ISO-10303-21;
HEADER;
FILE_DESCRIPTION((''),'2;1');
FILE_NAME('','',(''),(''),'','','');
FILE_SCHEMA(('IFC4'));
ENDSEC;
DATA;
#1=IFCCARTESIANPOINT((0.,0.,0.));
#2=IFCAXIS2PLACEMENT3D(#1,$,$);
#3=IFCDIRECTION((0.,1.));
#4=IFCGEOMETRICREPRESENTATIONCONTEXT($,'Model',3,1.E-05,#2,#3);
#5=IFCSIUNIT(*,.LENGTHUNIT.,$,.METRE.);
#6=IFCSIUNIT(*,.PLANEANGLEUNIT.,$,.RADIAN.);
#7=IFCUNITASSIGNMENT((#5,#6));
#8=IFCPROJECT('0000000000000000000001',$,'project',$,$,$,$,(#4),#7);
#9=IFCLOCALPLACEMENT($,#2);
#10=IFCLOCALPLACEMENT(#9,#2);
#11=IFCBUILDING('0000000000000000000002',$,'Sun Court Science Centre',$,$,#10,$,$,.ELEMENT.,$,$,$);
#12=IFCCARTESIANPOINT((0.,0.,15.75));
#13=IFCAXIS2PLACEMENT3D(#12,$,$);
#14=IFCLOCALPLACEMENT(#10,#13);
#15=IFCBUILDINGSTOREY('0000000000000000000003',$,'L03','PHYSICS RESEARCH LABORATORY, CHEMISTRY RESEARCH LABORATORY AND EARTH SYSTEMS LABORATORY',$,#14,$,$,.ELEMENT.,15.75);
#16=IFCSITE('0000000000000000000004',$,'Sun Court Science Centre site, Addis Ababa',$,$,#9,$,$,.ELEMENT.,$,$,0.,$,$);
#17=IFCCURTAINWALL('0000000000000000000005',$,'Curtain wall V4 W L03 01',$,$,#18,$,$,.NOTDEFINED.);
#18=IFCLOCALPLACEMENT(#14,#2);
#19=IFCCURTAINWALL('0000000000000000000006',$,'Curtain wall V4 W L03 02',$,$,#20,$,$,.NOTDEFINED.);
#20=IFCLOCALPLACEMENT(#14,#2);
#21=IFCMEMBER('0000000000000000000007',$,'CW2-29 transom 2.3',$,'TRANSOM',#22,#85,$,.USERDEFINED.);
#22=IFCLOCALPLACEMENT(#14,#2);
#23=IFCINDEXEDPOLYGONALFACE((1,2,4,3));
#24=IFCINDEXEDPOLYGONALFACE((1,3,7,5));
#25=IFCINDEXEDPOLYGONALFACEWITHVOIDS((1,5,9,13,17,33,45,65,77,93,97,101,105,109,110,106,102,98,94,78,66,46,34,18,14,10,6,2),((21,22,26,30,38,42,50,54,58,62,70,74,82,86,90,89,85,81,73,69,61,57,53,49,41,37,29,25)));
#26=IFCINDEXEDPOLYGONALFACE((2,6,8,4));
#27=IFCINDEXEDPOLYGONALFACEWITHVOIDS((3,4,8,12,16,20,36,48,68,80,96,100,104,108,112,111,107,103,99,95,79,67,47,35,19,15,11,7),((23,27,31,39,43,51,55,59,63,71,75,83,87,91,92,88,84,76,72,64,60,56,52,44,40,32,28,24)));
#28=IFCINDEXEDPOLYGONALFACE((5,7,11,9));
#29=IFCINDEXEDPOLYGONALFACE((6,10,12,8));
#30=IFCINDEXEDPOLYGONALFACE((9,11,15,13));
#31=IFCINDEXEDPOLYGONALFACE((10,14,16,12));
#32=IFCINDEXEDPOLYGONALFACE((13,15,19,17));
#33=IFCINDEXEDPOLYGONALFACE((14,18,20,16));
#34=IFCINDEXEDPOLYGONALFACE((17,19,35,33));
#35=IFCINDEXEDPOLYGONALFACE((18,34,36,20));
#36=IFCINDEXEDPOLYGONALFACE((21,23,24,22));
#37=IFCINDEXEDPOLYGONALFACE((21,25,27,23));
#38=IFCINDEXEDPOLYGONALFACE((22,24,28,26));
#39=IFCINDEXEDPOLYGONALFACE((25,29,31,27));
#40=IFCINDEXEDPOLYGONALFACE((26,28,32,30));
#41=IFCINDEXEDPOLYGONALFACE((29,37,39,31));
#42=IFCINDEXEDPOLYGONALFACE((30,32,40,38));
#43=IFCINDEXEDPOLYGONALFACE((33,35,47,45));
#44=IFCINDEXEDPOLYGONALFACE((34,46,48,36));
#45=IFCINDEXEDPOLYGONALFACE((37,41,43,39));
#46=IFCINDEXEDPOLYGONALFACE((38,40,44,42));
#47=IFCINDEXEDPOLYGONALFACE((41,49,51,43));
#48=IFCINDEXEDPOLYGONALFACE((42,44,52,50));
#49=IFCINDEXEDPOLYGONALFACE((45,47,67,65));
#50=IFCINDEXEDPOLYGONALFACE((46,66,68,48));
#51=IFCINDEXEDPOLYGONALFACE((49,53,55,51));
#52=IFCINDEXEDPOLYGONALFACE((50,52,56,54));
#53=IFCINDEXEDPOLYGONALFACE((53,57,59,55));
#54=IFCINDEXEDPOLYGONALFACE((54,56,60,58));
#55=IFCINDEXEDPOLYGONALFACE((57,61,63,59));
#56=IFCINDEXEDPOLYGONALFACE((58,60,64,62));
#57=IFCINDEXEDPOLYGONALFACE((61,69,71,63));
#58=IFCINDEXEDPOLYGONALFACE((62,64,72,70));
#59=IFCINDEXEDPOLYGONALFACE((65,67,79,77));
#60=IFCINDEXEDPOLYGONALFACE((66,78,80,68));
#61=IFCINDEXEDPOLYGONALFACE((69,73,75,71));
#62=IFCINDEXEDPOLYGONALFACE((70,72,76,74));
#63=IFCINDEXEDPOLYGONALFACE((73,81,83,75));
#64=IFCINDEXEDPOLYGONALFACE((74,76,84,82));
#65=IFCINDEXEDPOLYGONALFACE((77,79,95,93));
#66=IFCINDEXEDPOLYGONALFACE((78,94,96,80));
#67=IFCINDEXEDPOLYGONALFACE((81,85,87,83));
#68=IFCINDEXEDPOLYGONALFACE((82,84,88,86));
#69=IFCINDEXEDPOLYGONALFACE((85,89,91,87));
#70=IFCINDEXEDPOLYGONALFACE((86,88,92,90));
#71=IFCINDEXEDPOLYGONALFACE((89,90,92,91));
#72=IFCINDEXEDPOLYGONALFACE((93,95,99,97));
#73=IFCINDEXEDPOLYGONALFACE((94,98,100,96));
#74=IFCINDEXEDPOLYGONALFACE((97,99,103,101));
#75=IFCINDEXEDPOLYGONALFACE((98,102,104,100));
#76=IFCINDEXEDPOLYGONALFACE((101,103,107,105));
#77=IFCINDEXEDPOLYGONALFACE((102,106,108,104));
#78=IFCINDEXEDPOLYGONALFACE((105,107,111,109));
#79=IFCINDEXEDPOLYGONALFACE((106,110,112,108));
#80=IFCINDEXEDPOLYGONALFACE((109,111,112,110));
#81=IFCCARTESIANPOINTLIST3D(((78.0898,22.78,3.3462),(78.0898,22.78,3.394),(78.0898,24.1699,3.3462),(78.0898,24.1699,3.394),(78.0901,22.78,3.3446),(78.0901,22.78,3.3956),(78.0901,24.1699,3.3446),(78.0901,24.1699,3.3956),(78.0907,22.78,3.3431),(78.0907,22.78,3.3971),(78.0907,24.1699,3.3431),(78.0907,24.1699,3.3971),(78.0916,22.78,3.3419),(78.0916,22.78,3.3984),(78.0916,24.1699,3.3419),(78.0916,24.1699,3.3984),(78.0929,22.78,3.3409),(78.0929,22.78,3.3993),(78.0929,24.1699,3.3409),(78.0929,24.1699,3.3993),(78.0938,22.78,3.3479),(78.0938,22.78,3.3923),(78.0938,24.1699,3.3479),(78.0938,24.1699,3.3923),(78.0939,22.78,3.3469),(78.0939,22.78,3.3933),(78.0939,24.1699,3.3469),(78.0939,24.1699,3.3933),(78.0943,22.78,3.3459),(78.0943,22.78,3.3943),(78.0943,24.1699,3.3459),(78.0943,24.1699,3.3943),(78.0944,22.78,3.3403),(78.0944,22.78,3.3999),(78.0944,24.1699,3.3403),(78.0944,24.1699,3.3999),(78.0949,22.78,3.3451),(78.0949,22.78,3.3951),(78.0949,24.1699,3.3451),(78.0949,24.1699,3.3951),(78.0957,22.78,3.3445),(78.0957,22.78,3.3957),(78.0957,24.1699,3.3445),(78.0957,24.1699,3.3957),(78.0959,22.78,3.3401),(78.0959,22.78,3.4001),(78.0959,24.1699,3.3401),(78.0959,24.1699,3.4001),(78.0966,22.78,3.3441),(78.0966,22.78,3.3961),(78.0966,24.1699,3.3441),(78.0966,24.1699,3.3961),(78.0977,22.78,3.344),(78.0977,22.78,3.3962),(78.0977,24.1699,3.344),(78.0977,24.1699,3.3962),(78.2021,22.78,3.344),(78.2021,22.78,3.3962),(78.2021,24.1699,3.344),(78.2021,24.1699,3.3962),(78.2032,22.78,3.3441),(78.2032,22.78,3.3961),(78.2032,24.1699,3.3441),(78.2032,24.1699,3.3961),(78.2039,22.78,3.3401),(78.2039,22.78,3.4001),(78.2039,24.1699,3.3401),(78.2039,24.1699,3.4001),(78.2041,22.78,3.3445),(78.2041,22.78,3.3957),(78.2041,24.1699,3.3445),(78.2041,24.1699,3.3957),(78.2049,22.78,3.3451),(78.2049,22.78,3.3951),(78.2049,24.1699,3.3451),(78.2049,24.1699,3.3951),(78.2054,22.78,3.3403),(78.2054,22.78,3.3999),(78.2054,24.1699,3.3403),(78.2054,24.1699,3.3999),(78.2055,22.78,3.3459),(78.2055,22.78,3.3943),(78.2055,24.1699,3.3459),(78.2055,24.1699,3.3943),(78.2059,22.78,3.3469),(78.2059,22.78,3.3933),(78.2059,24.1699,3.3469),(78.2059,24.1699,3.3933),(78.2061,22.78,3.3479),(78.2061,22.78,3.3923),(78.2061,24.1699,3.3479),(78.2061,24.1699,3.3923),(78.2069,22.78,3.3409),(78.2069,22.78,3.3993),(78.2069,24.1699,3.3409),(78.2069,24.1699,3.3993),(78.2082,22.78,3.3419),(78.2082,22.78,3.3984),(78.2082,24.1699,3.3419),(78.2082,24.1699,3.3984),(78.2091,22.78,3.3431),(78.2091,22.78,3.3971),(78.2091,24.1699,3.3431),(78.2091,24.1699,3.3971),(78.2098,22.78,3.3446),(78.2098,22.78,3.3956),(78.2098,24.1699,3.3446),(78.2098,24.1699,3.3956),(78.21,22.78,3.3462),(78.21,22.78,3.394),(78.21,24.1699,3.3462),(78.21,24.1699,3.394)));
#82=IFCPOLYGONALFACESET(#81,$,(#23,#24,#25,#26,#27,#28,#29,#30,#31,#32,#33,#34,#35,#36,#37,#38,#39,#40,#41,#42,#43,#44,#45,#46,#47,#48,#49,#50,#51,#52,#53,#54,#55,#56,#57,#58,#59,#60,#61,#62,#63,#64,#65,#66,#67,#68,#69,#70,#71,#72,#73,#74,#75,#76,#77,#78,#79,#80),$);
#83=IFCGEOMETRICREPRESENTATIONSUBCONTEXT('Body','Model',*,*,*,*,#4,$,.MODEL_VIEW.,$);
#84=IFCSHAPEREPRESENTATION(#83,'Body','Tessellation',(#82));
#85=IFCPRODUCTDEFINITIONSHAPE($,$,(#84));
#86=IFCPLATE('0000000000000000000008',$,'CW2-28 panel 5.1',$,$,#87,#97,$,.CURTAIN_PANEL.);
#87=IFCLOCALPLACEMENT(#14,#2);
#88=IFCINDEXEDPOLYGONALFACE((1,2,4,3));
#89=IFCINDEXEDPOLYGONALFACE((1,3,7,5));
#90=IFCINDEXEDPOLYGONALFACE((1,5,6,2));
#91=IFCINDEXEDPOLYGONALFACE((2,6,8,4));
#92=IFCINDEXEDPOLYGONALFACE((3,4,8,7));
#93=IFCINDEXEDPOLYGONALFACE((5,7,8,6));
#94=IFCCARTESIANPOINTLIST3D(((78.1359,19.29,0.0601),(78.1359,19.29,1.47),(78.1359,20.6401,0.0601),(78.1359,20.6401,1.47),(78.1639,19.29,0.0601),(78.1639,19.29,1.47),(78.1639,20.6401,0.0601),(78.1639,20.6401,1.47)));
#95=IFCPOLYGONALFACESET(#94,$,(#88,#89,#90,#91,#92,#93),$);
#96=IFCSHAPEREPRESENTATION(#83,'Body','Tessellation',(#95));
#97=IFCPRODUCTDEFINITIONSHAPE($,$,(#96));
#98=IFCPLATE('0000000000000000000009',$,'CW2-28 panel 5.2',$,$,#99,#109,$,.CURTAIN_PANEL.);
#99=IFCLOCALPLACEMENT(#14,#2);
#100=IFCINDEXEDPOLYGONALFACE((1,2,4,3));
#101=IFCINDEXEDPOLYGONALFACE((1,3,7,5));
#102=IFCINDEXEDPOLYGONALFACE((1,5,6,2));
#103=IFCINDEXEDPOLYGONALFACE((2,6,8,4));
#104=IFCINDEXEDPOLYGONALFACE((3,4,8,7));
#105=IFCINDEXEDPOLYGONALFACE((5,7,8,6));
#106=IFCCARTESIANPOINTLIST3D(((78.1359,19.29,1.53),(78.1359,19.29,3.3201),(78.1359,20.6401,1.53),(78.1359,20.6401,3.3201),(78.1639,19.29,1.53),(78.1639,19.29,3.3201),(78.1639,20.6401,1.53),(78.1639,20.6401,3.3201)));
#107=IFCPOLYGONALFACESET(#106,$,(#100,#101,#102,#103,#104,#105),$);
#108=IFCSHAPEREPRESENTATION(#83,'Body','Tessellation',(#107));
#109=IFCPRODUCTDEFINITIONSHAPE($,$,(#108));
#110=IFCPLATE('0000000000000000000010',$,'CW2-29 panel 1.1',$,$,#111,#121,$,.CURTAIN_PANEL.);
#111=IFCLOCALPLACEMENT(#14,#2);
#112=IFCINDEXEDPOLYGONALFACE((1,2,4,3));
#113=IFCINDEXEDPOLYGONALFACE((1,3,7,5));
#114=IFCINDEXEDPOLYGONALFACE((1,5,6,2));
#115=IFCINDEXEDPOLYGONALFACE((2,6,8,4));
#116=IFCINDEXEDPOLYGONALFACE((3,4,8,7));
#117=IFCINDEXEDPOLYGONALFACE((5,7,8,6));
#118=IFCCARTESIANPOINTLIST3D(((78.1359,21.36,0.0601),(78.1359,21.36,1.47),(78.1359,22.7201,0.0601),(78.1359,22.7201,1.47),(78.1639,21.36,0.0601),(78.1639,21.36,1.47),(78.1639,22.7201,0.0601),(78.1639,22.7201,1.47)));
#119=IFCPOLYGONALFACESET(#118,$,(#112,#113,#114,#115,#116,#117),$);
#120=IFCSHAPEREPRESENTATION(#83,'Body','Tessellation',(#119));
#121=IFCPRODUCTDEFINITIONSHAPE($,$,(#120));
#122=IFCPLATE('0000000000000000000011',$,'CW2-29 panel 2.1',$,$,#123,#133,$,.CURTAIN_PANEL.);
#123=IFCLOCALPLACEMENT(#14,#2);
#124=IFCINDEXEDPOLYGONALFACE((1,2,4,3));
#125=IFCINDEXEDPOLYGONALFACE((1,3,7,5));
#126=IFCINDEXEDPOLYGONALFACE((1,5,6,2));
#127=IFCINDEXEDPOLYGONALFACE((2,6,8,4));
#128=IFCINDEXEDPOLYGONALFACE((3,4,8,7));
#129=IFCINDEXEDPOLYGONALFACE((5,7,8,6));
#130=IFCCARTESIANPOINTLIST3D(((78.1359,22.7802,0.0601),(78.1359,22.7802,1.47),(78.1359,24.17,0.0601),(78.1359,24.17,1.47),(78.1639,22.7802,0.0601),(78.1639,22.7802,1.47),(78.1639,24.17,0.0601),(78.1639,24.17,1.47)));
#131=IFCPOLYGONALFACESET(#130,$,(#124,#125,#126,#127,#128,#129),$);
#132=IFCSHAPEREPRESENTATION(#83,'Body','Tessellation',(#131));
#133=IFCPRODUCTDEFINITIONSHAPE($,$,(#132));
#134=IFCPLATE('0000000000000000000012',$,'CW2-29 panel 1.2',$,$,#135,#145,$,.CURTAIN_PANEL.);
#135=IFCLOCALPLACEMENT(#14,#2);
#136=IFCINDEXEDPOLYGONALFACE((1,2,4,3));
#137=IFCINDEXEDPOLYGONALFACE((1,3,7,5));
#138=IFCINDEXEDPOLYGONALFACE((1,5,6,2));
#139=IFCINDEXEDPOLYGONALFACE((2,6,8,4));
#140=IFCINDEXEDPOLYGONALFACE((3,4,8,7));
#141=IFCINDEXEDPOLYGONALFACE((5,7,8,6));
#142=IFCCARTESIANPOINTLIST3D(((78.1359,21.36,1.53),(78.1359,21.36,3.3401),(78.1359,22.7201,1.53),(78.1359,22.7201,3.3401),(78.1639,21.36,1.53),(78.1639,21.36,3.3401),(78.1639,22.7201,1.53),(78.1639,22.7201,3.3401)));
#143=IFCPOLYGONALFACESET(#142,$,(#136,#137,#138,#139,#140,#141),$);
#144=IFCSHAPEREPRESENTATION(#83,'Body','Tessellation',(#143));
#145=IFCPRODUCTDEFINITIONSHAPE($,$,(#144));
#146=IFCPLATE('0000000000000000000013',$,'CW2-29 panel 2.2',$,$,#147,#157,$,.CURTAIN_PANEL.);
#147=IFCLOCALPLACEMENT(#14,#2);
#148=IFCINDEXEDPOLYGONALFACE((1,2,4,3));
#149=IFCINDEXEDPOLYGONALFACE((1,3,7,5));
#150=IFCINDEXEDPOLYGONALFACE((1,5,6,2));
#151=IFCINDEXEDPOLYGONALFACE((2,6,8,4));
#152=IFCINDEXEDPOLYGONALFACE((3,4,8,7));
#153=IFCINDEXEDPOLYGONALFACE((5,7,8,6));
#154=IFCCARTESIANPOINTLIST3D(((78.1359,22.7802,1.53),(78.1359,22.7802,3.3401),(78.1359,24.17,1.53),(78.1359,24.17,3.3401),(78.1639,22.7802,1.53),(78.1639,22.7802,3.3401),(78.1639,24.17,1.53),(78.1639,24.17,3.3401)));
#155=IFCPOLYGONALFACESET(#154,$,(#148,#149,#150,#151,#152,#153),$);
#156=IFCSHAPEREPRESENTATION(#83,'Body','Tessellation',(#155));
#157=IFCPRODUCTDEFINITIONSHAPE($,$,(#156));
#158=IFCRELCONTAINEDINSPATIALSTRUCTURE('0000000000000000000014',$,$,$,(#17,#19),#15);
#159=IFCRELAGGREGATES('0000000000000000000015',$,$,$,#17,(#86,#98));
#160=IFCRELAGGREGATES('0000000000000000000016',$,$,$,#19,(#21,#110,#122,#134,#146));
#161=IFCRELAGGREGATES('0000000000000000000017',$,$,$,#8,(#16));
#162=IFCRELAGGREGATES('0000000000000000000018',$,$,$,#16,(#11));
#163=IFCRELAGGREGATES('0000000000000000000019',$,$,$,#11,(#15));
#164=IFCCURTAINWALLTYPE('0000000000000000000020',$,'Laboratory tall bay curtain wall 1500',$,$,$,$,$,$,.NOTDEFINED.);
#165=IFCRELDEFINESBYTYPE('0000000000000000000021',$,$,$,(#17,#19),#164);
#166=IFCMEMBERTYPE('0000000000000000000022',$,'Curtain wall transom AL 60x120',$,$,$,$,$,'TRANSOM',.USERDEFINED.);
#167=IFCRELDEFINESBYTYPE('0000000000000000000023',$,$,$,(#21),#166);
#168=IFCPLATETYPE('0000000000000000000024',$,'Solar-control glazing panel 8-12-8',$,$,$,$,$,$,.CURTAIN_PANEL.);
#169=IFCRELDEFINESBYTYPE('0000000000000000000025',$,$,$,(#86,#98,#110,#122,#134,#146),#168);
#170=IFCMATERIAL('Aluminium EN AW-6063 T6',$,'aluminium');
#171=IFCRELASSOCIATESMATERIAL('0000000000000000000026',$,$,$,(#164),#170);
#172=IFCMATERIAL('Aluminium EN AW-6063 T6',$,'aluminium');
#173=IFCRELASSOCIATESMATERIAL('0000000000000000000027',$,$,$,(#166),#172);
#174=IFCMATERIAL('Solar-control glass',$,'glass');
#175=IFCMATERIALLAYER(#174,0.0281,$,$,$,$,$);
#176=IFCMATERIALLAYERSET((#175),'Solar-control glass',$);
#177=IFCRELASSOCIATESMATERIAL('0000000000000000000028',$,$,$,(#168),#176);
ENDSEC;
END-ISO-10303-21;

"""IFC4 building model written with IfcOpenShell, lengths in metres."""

from ifc_helpers import new_model, si_unit, direction, frame, origin, origin_2d, place, context, subcontext, project, spatial, rectangle, hollow_rectangle, extrude, material, layer, layer_set, material_profile, profile_set, type_object, element, aggregate, save


model = new_model("IFC4")

# Units and contexts
model_context = context("Model", 3, precision=1e-05, world=origin(), true_north=direction((0.0, 1.0)))
body_context = subcontext(model_context, "Body", "Model", "MODEL_VIEW")
ifc_project = project(units=[si_unit("LENGTHUNIT", "METRE"), si_unit("PLANEANGLEUNIT", "RADIAN")], contexts=[model_context])

# Site, building, storey
site_placement = place(None, origin())
site = spatial("IfcSite", under=ifc_project, at=site_placement, Name="Sun Court Science Centre site, Addis Ababa", CompositionType="ELEMENT", RefElevation=0.0)
building_placement = place(site_placement, origin())
building = spatial("IfcBuilding", under=site, at=building_placement, Name="Sun Court Science Centre", CompositionType="ELEMENT")
storey_placement = place(building_placement, frame((0.0, 0.0, 15.75)))
storey = spatial("IfcBuildingStorey", under=building, at=storey_placement, Name="L03", Description="PHYSICS RESEARCH LABORATORY, CHEMISTRY RESEARCH LABORATORY AND EARTH SYSTEMS LABORATORY", CompositionType="ELEMENT", Elevation=15.75)

# Curtain wall
ifc_material_1 = material(Name="Aluminium EN AW-6063 T6", Category="aluminium")
curtain_wall_type = type_object("IfcCurtainWallType", Name="Laboratory tall bay curtain wall 1500", PredefinedType="NOTDEFINED", material=ifc_material_1)
curtain_wall_1_placement = place(storey_placement, origin())
curtain_wall_1 = element("IfcCurtainWall", 1, at=curtain_wall_1_placement, inside=storey, type_object=curtain_wall_type, Name="Curtain wall V4 W L03 01", PredefinedType="NOTDEFINED")

# Curtain wall
curtain_wall_2_placement = place(storey_placement, origin())
curtain_wall_2 = element("IfcCurtainWall", 2, at=curtain_wall_2_placement, inside=storey, type_object=curtain_wall_type, Name="Curtain wall V4 W L03 02", PredefinedType="NOTDEFINED")

# Member
ifc_material_2 = material(Name="Aluminium EN AW-6063 T6", Category="aluminium")
ifc_material_profile_1 = material_profile(ifc_material_2, hollow_rectangle(XDim=0.0601, YDim=0.1201, WallThickness=0.0039, InnerFilletRadius=0.0039, OuterFilletRadius=0.0061, at=origin_2d()), Name="AL 60x120x4")
ifc_profile_set_1 = profile_set([ifc_material_profile_1], Name="Aluminium EN AW-6063 T6")
member_type_1 = type_object("IfcMemberType", Name="Curtain wall transom AL 60x120", ElementType="TRANSOM", PredefinedType="USERDEFINED", material=ifc_profile_set_1)
member_1_placement = place(storey_placement, frame((78.1499, 22.78, 3.3701), z_axis=(0.0, 1.0, 0.0), x_axis=(0.0, 0.0, 1.0)))
member_1 = element("IfcMember", 3, at=member_1_placement, type_object=member_type_1, Name="CW2-29 transom 2.3", ObjectType="TRANSOM", PredefinedType="USERDEFINED", context=body_context, shape_type="SweptSolid", body=[
    extrude(hollow_rectangle(XDim=0.0601, YDim=0.1201, WallThickness=0.0039, InnerFilletRadius=0.0039, OuterFilletRadius=0.0061, at=origin_2d()), origin(), (0.0, 0.0, 1.0), 1.3899),
])

# Plates
ifc_material_3 = material(Name="Solar-control glass", Category="glass")
ifc_layer = layer(ifc_material_3, 0.0281)
ifc_layer_set = layer_set([ifc_layer], Name="Solar-control glass")
plate_type = type_object("IfcPlateType", Name="Solar-control glazing panel 8-12-8", PredefinedType="CURTAIN_PANEL", material=ifc_layer_set)
plate_1_placement = place(storey_placement, frame((78.1499, 19.9651, 0.0601), z_axis=(0.0, 0.0, 1.0), x_axis=(0.0, 1.0, 0.0)))
plate_1 = element("IfcPlate", 4, at=plate_1_placement, type_object=plate_type, Name="CW2-28 panel 5.1", PredefinedType="CURTAIN_PANEL", context=body_context, shape_type="SweptSolid", body=[
    extrude(rectangle(XDim=1.3501, YDim=0.0281, at=origin_2d()), origin(), (0.0, 0.0, 1.0), 1.4099),
])
plate_2_placement = place(storey_placement, frame((78.1499, 19.9651, 1.53), z_axis=(0.0, 0.0, 1.0), x_axis=(0.0, 1.0, 0.0)))
plate_2 = element("IfcPlate", 5, at=plate_2_placement, type_object=plate_type, Name="CW2-28 panel 5.2", PredefinedType="CURTAIN_PANEL", context=body_context, shape_type="SweptSolid", body=[
    extrude(rectangle(XDim=1.3501, YDim=0.0281, at=origin_2d()), origin(), (0.0, 0.0, 1.0), 1.79),
])
aggregate(curtain_wall_1, [plate_1, plate_2])
plate_3_placement = place(storey_placement, frame((78.1499, 22.04, 0.0601), z_axis=(0.0, 0.0, 1.0), x_axis=(0.0, 1.0, 0.0)))
plate_3 = element("IfcPlate", 6, at=plate_3_placement, type_object=plate_type, Name="CW2-29 panel 1.1", PredefinedType="CURTAIN_PANEL", context=body_context, shape_type="SweptSolid", body=[
    extrude(rectangle(XDim=1.3601, YDim=0.0281, at=origin_2d()), origin(), (0.0, 0.0, 1.0), 1.4099),
])
plate_4_placement = place(storey_placement, frame((78.1499, 23.4751, 0.0601), z_axis=(0.0, 0.0, 1.0), x_axis=(0.0, 1.0, 0.0)))
plate_4 = element("IfcPlate", 7, at=plate_4_placement, type_object=plate_type, Name="CW2-29 panel 2.1", PredefinedType="CURTAIN_PANEL", context=body_context, shape_type="SweptSolid", body=[
    extrude(rectangle(XDim=1.3899, YDim=0.0281, at=origin_2d()), origin(), (0.0, 0.0, 1.0), 1.4099),
])
plate_5_placement = place(storey_placement, frame((78.1499, 22.04, 1.53), z_axis=(0.0, 0.0, 1.0), x_axis=(0.0, 1.0, 0.0)))
plate_5 = element("IfcPlate", 8, at=plate_5_placement, type_object=plate_type, Name="CW2-29 panel 1.2", PredefinedType="CURTAIN_PANEL", context=body_context, shape_type="SweptSolid", body=[
    extrude(rectangle(XDim=1.3601, YDim=0.0281, at=origin_2d()), origin(), (0.0, 0.0, 1.0), 1.8101),
])
plate_6_placement = place(storey_placement, frame((78.1499, 23.4751, 1.53), z_axis=(0.0, 0.0, 1.0), x_axis=(0.0, 1.0, 0.0)))
plate_6 = element("IfcPlate", 9, at=plate_6_placement, type_object=plate_type, Name="CW2-29 panel 2.2", PredefinedType="CURTAIN_PANEL", context=body_context, shape_type="SweptSolid", body=[
    extrude(rectangle(XDim=1.3899, YDim=0.0281, at=origin_2d()), origin(), (0.0, 0.0, 1.0), 1.8101),
])
aggregate(curtain_wall_2, [member_1, plate_3, plate_4, plate_5, plate_6])

save(model, "model.ifc")
